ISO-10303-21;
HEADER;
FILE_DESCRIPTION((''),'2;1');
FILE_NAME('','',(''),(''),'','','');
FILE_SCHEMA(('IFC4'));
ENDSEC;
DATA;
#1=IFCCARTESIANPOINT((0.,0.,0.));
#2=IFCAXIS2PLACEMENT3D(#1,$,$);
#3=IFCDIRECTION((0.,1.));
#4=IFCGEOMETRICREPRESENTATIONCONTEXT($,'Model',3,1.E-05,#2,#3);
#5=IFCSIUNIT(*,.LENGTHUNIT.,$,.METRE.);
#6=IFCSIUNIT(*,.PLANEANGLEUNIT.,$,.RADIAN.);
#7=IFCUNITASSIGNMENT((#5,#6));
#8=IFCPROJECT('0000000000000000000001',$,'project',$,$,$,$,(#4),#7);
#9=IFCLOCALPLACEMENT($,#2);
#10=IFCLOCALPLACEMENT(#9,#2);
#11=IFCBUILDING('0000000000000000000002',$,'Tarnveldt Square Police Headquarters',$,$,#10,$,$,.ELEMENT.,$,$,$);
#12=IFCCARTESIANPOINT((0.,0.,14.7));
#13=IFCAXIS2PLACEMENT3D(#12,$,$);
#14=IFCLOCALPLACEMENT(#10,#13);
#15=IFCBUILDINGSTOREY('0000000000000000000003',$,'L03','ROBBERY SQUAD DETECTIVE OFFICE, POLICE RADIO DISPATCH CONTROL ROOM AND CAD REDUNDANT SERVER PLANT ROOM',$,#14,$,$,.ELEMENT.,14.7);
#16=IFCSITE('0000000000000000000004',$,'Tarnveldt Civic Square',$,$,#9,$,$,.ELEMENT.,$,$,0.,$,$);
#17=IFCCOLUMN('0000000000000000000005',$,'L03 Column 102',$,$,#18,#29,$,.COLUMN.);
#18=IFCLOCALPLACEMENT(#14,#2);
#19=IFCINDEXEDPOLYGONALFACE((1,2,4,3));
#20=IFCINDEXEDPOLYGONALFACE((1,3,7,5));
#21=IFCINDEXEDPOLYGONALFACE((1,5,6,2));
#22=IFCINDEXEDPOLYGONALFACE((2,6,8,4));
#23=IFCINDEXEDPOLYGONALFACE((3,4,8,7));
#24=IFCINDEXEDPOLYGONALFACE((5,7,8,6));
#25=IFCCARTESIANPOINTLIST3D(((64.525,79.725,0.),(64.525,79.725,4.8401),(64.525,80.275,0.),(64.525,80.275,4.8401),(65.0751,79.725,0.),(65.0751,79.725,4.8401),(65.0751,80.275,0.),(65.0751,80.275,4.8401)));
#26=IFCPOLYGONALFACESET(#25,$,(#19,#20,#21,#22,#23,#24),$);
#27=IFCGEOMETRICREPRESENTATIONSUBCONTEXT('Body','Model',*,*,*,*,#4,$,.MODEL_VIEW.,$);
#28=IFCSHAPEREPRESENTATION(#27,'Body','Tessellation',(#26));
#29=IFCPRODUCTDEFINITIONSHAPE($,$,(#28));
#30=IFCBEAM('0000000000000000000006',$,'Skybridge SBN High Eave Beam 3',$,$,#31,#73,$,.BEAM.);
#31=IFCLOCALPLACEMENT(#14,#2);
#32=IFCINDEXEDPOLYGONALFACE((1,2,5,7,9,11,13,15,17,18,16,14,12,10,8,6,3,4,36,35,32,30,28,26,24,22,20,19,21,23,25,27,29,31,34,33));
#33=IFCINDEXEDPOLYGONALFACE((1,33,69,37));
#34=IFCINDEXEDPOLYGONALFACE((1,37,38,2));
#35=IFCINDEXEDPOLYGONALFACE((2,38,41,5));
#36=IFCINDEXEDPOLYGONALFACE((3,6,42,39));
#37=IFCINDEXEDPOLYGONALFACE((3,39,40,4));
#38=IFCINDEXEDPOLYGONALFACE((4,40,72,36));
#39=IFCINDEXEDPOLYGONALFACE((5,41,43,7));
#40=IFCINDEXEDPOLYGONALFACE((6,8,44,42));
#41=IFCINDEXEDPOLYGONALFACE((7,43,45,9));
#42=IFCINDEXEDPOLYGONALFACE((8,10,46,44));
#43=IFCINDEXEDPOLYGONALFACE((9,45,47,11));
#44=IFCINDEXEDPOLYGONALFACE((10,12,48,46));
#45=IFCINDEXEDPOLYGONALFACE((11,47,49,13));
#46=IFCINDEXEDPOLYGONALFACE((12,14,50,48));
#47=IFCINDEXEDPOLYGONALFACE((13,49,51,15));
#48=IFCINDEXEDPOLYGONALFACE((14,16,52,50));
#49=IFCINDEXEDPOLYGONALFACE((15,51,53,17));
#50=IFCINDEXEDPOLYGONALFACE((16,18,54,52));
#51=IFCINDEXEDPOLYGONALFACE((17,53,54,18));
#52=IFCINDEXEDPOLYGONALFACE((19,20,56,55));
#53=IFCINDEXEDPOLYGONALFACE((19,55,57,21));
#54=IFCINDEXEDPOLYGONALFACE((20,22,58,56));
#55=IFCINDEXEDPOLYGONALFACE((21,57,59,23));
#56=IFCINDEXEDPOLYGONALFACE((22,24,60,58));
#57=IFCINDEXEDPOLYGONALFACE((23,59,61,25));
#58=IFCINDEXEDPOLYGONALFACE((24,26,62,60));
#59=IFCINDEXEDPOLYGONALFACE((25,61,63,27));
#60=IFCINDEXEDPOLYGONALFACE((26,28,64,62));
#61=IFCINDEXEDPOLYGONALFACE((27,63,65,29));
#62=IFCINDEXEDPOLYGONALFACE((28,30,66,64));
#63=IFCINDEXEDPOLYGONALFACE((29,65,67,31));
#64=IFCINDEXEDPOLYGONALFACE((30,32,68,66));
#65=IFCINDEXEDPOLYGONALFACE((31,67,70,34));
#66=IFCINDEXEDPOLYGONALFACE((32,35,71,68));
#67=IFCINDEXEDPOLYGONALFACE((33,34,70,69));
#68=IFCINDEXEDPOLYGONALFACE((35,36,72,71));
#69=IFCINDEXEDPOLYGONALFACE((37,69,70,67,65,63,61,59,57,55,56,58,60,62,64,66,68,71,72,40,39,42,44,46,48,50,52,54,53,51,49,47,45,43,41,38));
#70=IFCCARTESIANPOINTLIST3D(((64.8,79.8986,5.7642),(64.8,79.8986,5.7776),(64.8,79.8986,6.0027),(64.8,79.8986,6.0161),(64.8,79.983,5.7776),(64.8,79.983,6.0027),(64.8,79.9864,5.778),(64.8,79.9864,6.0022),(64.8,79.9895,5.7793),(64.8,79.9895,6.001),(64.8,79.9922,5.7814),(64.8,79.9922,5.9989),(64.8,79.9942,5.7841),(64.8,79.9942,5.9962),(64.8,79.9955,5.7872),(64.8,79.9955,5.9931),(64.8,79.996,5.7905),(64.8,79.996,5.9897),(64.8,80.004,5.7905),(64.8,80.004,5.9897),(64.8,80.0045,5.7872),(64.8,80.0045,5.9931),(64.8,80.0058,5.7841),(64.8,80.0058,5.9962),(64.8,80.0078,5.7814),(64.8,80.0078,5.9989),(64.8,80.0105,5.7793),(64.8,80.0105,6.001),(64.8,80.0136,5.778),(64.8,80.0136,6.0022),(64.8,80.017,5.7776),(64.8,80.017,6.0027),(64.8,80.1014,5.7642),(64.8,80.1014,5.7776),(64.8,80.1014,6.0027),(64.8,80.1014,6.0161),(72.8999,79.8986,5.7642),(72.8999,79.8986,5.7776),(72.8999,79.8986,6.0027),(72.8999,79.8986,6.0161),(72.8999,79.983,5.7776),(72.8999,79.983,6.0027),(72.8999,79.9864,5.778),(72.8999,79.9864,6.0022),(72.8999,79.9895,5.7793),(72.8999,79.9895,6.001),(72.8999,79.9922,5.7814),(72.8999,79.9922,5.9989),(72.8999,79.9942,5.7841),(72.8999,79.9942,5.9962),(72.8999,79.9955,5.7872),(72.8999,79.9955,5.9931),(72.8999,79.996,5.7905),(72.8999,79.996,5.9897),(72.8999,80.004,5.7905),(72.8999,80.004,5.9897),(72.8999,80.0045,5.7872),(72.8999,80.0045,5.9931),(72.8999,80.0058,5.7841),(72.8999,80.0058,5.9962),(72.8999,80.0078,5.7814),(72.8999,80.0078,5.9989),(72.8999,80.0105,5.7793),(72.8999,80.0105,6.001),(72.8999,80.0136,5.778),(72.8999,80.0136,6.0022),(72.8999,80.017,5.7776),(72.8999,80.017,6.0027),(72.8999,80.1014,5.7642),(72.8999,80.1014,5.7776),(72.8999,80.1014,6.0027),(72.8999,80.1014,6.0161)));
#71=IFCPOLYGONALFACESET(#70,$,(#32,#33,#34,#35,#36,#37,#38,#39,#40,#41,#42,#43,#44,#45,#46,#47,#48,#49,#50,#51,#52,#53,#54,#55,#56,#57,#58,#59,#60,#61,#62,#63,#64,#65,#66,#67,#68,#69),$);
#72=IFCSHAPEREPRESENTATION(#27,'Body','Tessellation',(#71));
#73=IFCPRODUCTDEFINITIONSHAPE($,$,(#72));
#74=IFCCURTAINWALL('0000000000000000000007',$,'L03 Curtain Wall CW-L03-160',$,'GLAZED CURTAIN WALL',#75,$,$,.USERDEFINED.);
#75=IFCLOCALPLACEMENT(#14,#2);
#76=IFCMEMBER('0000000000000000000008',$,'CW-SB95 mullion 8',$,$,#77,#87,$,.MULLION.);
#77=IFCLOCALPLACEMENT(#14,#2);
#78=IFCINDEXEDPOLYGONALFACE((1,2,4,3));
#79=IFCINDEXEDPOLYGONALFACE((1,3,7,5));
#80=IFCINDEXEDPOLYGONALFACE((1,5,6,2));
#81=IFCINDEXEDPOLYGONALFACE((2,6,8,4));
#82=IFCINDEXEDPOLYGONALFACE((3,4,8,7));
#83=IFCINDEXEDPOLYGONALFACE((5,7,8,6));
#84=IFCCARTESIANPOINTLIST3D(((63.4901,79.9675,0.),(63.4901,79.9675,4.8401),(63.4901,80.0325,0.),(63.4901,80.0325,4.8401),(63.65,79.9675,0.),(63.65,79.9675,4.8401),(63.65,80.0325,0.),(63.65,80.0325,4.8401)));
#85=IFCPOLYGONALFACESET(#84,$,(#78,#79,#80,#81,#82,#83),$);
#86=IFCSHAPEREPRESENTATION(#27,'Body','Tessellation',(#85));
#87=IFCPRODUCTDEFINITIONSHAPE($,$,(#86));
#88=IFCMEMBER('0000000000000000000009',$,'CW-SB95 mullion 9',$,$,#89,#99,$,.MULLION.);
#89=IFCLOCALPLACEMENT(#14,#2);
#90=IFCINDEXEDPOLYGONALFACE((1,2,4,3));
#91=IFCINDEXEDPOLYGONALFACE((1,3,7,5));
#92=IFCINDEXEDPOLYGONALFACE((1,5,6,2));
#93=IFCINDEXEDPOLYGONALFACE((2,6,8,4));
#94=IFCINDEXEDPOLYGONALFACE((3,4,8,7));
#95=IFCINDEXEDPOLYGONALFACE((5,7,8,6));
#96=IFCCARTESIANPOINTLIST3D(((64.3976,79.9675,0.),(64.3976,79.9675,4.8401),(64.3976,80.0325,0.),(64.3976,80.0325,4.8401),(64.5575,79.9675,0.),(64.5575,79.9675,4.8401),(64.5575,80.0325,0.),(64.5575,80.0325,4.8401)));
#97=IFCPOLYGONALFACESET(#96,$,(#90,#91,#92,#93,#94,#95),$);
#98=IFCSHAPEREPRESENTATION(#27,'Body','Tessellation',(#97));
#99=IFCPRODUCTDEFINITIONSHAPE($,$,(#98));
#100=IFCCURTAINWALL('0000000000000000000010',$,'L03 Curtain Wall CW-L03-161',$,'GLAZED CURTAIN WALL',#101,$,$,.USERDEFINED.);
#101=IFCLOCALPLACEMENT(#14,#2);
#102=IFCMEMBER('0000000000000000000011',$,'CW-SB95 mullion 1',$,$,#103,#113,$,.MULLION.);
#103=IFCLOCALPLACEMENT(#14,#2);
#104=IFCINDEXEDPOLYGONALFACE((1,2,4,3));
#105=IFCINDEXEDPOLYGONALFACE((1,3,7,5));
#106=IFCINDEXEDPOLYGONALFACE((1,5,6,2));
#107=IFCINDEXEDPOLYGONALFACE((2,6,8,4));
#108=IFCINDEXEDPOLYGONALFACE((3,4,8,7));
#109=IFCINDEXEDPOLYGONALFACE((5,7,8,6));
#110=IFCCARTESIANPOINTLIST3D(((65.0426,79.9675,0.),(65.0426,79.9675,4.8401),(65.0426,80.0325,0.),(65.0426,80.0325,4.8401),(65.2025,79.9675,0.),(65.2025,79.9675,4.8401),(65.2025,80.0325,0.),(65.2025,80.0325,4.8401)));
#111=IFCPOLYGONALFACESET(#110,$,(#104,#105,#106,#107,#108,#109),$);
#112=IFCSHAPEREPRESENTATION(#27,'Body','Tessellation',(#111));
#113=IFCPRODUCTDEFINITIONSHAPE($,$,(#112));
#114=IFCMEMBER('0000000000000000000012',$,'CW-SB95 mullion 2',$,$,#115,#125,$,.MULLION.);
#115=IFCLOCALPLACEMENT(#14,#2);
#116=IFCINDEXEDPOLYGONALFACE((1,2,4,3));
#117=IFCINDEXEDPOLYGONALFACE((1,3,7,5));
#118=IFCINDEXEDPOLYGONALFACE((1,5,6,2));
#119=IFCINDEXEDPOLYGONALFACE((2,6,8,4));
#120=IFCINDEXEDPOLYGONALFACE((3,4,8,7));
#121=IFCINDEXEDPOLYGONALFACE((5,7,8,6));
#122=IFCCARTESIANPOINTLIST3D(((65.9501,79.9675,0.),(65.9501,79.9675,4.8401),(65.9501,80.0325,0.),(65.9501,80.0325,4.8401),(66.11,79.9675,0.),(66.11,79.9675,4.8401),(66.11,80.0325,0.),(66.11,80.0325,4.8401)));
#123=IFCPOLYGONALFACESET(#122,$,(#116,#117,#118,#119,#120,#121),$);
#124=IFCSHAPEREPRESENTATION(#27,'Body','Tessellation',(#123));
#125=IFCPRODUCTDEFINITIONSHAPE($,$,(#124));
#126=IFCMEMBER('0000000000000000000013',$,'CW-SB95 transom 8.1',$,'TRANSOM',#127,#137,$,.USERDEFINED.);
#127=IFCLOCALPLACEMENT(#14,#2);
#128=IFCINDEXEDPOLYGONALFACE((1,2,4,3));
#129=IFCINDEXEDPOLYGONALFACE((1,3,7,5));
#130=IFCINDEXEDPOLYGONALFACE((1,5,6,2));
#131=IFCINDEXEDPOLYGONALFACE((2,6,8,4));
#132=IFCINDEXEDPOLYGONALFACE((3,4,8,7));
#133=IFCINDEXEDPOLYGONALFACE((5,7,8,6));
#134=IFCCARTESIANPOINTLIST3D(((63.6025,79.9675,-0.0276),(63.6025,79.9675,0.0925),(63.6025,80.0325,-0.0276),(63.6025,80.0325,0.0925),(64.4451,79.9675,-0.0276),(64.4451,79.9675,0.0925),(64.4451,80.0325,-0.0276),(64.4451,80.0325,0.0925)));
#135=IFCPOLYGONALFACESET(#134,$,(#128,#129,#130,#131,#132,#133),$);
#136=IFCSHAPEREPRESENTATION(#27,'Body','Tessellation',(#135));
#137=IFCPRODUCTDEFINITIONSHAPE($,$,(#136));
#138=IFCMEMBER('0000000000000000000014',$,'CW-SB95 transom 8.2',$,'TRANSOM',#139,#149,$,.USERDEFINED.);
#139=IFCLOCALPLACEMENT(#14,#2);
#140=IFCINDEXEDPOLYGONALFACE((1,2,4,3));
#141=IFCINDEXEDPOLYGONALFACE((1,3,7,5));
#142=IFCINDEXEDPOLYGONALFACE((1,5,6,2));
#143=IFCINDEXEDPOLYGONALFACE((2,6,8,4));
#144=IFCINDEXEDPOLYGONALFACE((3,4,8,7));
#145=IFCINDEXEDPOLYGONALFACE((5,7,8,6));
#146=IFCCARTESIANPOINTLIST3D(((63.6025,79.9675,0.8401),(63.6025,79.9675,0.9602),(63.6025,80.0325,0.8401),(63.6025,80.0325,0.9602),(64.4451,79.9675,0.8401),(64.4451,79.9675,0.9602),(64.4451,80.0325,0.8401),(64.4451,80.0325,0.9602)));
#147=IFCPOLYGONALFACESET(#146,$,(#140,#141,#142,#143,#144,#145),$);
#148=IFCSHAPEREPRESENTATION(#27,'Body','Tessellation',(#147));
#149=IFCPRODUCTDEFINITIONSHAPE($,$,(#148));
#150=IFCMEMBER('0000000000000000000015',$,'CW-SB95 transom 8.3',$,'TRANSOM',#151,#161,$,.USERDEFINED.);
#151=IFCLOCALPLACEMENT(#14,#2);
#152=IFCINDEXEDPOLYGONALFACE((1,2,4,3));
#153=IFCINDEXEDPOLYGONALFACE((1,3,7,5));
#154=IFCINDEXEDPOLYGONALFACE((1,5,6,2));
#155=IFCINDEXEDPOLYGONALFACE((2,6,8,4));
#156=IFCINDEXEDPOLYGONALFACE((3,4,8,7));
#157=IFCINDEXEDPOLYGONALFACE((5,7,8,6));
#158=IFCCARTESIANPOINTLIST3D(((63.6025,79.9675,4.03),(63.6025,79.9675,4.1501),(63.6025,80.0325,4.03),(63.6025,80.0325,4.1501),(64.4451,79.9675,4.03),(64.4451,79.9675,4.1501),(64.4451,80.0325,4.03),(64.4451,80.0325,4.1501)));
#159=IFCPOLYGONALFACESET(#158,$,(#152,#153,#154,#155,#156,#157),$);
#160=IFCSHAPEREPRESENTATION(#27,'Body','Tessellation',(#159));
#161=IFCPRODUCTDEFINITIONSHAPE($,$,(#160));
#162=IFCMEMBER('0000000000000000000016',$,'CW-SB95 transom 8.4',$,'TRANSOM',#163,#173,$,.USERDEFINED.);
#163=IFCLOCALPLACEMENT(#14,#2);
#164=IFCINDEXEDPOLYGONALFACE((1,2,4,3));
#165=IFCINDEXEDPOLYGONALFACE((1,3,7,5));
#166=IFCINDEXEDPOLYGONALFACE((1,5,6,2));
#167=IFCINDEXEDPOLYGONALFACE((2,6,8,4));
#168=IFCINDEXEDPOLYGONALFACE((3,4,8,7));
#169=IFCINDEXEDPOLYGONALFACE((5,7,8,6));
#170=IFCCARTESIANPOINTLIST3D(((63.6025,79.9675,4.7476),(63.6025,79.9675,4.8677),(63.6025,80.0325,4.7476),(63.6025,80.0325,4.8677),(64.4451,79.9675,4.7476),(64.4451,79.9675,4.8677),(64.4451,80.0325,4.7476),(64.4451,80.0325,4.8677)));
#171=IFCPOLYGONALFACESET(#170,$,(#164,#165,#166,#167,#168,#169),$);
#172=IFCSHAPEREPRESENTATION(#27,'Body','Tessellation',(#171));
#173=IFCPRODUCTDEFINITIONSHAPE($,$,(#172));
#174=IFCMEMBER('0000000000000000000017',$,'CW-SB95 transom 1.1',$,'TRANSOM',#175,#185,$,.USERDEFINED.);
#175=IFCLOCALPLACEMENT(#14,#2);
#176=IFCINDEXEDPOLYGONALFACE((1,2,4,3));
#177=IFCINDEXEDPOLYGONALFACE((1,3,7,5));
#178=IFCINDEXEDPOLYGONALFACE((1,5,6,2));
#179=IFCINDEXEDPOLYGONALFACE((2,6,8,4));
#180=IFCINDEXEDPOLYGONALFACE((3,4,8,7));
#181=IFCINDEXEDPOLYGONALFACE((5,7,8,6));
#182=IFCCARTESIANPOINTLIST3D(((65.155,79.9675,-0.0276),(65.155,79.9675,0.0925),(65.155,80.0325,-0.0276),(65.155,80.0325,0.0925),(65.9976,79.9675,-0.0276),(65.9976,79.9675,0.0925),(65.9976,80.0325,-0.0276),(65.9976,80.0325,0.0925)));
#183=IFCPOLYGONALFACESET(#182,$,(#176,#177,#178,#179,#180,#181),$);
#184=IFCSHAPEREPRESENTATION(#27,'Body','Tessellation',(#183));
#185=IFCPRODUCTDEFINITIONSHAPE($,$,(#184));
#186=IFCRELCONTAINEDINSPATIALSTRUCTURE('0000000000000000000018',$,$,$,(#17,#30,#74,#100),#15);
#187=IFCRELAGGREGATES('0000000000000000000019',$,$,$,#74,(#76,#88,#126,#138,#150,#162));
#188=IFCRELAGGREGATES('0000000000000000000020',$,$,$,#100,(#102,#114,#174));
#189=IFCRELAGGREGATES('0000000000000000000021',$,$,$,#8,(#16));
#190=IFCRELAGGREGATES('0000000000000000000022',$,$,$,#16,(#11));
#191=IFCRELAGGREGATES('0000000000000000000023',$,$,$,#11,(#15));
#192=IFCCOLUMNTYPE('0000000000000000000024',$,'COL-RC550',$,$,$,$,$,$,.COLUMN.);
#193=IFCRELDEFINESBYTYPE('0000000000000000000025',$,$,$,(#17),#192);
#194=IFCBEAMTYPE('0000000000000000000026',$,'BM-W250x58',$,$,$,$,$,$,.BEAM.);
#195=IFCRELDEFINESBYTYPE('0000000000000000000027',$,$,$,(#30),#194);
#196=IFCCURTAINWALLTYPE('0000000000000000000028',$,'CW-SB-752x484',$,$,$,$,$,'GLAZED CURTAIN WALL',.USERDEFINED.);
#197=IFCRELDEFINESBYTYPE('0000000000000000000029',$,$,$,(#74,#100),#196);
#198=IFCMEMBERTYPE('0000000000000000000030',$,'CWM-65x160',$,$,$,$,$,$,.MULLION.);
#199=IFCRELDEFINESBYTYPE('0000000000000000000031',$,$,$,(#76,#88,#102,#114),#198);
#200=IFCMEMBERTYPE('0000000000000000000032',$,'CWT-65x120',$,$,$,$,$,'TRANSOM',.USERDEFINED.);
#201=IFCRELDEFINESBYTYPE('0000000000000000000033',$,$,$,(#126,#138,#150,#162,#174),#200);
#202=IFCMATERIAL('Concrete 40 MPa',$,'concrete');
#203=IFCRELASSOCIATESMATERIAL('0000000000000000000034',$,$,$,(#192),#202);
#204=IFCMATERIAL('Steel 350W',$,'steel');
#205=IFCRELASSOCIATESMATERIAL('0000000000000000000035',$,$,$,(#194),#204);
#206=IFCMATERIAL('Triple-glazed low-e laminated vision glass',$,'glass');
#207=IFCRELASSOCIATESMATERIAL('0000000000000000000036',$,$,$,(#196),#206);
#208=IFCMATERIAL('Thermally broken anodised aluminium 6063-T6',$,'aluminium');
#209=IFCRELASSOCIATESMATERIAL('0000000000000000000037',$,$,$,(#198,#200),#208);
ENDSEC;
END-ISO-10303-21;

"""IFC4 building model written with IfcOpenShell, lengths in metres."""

from ifc_helpers import new_model, si_unit, direction, frame, origin, origin_2d, place, context, subcontext, project, spatial, rectangle, i_section, extrude, material, material_profile, profile_set, type_object, element, aggregate, save


model = new_model("IFC4")

# Units and contexts
model_context = context("Model", 3, precision=1e-05, world=origin(), true_north=direction((0.0, 1.0)))
body_context = subcontext(model_context, "Body", "Model", "MODEL_VIEW")
ifc_project = project(units=[si_unit("LENGTHUNIT", "METRE"), si_unit("PLANEANGLEUNIT", "RADIAN")], contexts=[model_context])

# Site, building, storey
site_placement = place(None, origin())
site = spatial("IfcSite", under=ifc_project, at=site_placement, Name="Tarnveldt Civic Square", CompositionType="ELEMENT", RefElevation=0.0)
building_placement = place(site_placement, origin())
building = spatial("IfcBuilding", under=site, at=building_placement, Name="Tarnveldt Square Police Headquarters", CompositionType="ELEMENT")
storey_placement = place(building_placement, frame((0.0, 0.0, 14.7)))
storey = spatial("IfcBuildingStorey", under=building, at=storey_placement, Name="L03", Description="ROBBERY SQUAD DETECTIVE OFFICE, POLICE RADIO DISPATCH CONTROL ROOM AND CAD REDUNDANT SERVER PLANT ROOM", CompositionType="ELEMENT", Elevation=14.7)

# Column
ifc_material_1 = material(Name="Concrete 40 MPa", Category="concrete")
ifc_material_profile_1 = material_profile(ifc_material_1, rectangle(XDim=0.55, YDim=0.55, at=origin_2d()), Name="RC-C550x550")
ifc_profile_set_1 = profile_set([ifc_material_profile_1], Name="Concrete 40 MPa")
column_type = type_object("IfcColumnType", Name="COL-RC550", PredefinedType="COLUMN", material=ifc_profile_set_1)
column_placement = place(storey_placement, frame((64.8, 80.0, 0.0), z_axis=(0.0, 0.0, 1.0), x_axis=(1.0, 0.0, 0.0)))
element("IfcColumn", 1, at=column_placement, inside=storey, type_object=column_type, Name="L03 Column 102", PredefinedType="COLUMN", context=body_context, shape_type="SweptSolid", body=[
    extrude(rectangle(XDim=0.55, YDim=0.55, at=origin_2d()), origin(), (0.0, 0.0, 1.0), 4.8401),
])

# Beam
ifc_material_2 = material(Name="Steel 350W", Category="steel")
ifc_material_profile_2 = material_profile(ifc_material_2, i_section(OverallWidth=0.2029, OverallDepth=0.252, WebThickness=0.0081, FlangeThickness=0.0134, FilletRadius=0.0129, at=origin_2d()), Name="W250x58")
ifc_profile_set_2 = profile_set([ifc_material_profile_2], Name="Steel 350W")
beam_type = type_object("IfcBeamType", Name="BM-W250x58", PredefinedType="BEAM", material=ifc_profile_set_2)
beam_placement = place(storey_placement, frame((64.8, 80.0, 5.8901), z_axis=(1.0, 0.0, 0.0), x_axis=(0.0, 1.0, 0.0)))
element("IfcBeam", 2, at=beam_placement, inside=storey, type_object=beam_type, Name="Skybridge SBN High Eave Beam 3", PredefinedType="BEAM", context=body_context, shape_type="SweptSolid", body=[
    extrude(i_section(OverallWidth=0.2029, OverallDepth=0.252, WebThickness=0.0081, FlangeThickness=0.0134, FilletRadius=0.0129, at=origin_2d()), origin(), (0.0, 0.0, 1.0), 8.0999),
])

# Curtain walls, members
ifc_material_3 = material(Name="Triple-glazed low-e laminated vision glass", Category="glass")
curtain_wall_type = type_object("IfcCurtainWallType", Name="CW-SB-752x484", ElementType="GLAZED CURTAIN WALL", PredefinedType="USERDEFINED", material=ifc_material_3)
curtain_wall_1_placement = place(storey_placement, origin())
curtain_wall_1 = element("IfcCurtainWall", 3, at=curtain_wall_1_placement, inside=storey, type_object=curtain_wall_type, Name="L03 Curtain Wall CW-L03-160", ObjectType="GLAZED CURTAIN WALL", PredefinedType="USERDEFINED")
ifc_material_4 = material(Name="Thermally broken anodised aluminium 6063-T6", Category="aluminium")
ifc_material_profile_3 = material_profile(ifc_material_4, rectangle(XDim=0.0649, YDim=0.1599, at=origin_2d()), Name="CW-M65x160")
ifc_profile_set_3 = profile_set([ifc_material_profile_3], Name="Thermally broken anodised aluminium 6063-T6")
member_type_1 = type_object("IfcMemberType", Name="CWM-65x160", PredefinedType="MULLION", material=ifc_profile_set_3)
member_1_placement = place(storey_placement, frame((63.5701, 80.0, 0.0), z_axis=(0.0, 0.0, 1.0), x_axis=(0.0, 1.0, 0.0)))
member_1 = element("IfcMember", 4, at=member_1_placement, type_object=member_type_1, Name="CW-SB95 mullion 8", PredefinedType="MULLION", context=body_context, shape_type="SweptSolid", body=[
    extrude(rectangle(XDim=0.0649, YDim=0.1599, at=origin_2d()), origin(), (0.0, 0.0, 1.0), 4.8401),
])
member_2_placement = place(storey_placement, frame((64.4775, 80.0, 0.0), z_axis=(0.0, 0.0, 1.0), x_axis=(0.0, 1.0, 0.0)))
member_2 = element("IfcMember", 5, at=member_2_placement, type_object=member_type_1, Name="CW-SB95 mullion 9", PredefinedType="MULLION", context=body_context, shape_type="SweptSolid", body=[
    extrude(rectangle(XDim=0.0649, YDim=0.1599, at=origin_2d()), origin(), (0.0, 0.0, 1.0), 4.8401),
])
curtain_wall_2_placement = place(storey_placement, origin())
curtain_wall_2 = element("IfcCurtainWall", 6, at=curtain_wall_2_placement, inside=storey, type_object=curtain_wall_type, Name="L03 Curtain Wall CW-L03-161", ObjectType="GLAZED CURTAIN WALL", PredefinedType="USERDEFINED")
member_3_placement = place(storey_placement, frame((65.1226, 80.0, 0.0), z_axis=(0.0, 0.0, 1.0), x_axis=(0.0, 1.0, 0.0)))
member_3 = element("IfcMember", 7, at=member_3_placement, type_object=member_type_1, Name="CW-SB95 mullion 1", PredefinedType="MULLION", context=body_context, shape_type="SweptSolid", body=[
    extrude(rectangle(XDim=0.0649, YDim=0.1599, at=origin_2d()), origin(), (0.0, 0.0, 1.0), 4.8401),
])
member_4_placement = place(storey_placement, frame((66.03, 80.0, 0.0), z_axis=(0.0, 0.0, 1.0), x_axis=(0.0, 1.0, 0.0)))
member_4 = element("IfcMember", 8, at=member_4_placement, type_object=member_type_1, Name="CW-SB95 mullion 2", PredefinedType="MULLION", context=body_context, shape_type="SweptSolid", body=[
    extrude(rectangle(XDim=0.0649, YDim=0.1599, at=origin_2d()), origin(), (0.0, 0.0, 1.0), 4.8401),
])

# Members
ifc_material_profile_4 = material_profile(ifc_material_4, rectangle(XDim=0.0649, YDim=0.1201, at=origin_2d()), Name="CW-T65x120")
ifc_profile_set_4 = profile_set([ifc_material_profile_4], Name="Thermally broken anodised aluminium 6063-T6")
member_type_2 = type_object("IfcMemberType", Name="CWT-65x120", ElementType="TRANSOM", PredefinedType="USERDEFINED", material=ifc_profile_set_4)
member_5_placement = place(storey_placement, frame((63.6025, 80.0, 0.0325), z_axis=(1.0, 0.0, 0.0), x_axis=(0.0, 1.0, 0.0)))
member_5 = element("IfcMember", 9, at=member_5_placement, type_object=member_type_2, Name="CW-SB95 transom 8.1", ObjectType="TRANSOM", PredefinedType="USERDEFINED", context=body_context, shape_type="SweptSolid", body=[
    extrude(rectangle(XDim=0.0649, YDim=0.1201, at=origin_2d()), origin(), (0.0, 0.0, 1.0), 0.8425),
])
member_6_placement = place(storey_placement, frame((63.6025, 80.0, 0.9001), z_axis=(1.0, 0.0, 0.0), x_axis=(0.0, 1.0, 0.0)))
member_6 = element("IfcMember", 10, at=member_6_placement, type_object=member_type_2, Name="CW-SB95 transom 8.2", ObjectType="TRANSOM", PredefinedType="USERDEFINED", context=body_context, shape_type="SweptSolid", body=[
    extrude(rectangle(XDim=0.0649, YDim=0.1201, at=origin_2d()), origin(), (0.0, 0.0, 1.0), 0.8425),
])
member_7_placement = place(storey_placement, frame((63.6025, 80.0, 4.0901), z_axis=(1.0, 0.0, 0.0), x_axis=(0.0, 1.0, 0.0)))
member_7 = element("IfcMember", 11, at=member_7_placement, type_object=member_type_2, Name="CW-SB95 transom 8.3", ObjectType="TRANSOM", PredefinedType="USERDEFINED", context=body_context, shape_type="SweptSolid", body=[
    extrude(rectangle(XDim=0.0649, YDim=0.1201, at=origin_2d()), origin(), (0.0, 0.0, 1.0), 0.8425),
])
member_8_placement = place(storey_placement, frame((63.6025, 80.0, 4.8076), z_axis=(1.0, 0.0, 0.0), x_axis=(0.0, 1.0, 0.0)))
member_8 = element("IfcMember", 12, at=member_8_placement, type_object=member_type_2, Name="CW-SB95 transom 8.4", ObjectType="TRANSOM", PredefinedType="USERDEFINED", context=body_context, shape_type="SweptSolid", body=[
    extrude(rectangle(XDim=0.0649, YDim=0.1201, at=origin_2d()), origin(), (0.0, 0.0, 1.0), 0.8425),
])
member_9_placement = place(storey_placement, frame((65.155, 80.0, 0.0325), z_axis=(1.0, 0.0, 0.0), x_axis=(0.0, 1.0, 0.0)))
member_9 = element("IfcMember", 13, at=member_9_placement, type_object=member_type_2, Name="CW-SB95 transom 1.1", ObjectType="TRANSOM", PredefinedType="USERDEFINED", context=body_context, shape_type="SweptSolid", body=[
    extrude(rectangle(XDim=0.0649, YDim=0.1201, at=origin_2d()), origin(), (0.0, 0.0, 1.0), 0.8425),
])

aggregate(curtain_wall_1, [member_1, member_2, member_5, member_6, member_7, member_8])
aggregate(curtain_wall_2, [member_3, member_4, member_9])

save(model, "model.ifc")
